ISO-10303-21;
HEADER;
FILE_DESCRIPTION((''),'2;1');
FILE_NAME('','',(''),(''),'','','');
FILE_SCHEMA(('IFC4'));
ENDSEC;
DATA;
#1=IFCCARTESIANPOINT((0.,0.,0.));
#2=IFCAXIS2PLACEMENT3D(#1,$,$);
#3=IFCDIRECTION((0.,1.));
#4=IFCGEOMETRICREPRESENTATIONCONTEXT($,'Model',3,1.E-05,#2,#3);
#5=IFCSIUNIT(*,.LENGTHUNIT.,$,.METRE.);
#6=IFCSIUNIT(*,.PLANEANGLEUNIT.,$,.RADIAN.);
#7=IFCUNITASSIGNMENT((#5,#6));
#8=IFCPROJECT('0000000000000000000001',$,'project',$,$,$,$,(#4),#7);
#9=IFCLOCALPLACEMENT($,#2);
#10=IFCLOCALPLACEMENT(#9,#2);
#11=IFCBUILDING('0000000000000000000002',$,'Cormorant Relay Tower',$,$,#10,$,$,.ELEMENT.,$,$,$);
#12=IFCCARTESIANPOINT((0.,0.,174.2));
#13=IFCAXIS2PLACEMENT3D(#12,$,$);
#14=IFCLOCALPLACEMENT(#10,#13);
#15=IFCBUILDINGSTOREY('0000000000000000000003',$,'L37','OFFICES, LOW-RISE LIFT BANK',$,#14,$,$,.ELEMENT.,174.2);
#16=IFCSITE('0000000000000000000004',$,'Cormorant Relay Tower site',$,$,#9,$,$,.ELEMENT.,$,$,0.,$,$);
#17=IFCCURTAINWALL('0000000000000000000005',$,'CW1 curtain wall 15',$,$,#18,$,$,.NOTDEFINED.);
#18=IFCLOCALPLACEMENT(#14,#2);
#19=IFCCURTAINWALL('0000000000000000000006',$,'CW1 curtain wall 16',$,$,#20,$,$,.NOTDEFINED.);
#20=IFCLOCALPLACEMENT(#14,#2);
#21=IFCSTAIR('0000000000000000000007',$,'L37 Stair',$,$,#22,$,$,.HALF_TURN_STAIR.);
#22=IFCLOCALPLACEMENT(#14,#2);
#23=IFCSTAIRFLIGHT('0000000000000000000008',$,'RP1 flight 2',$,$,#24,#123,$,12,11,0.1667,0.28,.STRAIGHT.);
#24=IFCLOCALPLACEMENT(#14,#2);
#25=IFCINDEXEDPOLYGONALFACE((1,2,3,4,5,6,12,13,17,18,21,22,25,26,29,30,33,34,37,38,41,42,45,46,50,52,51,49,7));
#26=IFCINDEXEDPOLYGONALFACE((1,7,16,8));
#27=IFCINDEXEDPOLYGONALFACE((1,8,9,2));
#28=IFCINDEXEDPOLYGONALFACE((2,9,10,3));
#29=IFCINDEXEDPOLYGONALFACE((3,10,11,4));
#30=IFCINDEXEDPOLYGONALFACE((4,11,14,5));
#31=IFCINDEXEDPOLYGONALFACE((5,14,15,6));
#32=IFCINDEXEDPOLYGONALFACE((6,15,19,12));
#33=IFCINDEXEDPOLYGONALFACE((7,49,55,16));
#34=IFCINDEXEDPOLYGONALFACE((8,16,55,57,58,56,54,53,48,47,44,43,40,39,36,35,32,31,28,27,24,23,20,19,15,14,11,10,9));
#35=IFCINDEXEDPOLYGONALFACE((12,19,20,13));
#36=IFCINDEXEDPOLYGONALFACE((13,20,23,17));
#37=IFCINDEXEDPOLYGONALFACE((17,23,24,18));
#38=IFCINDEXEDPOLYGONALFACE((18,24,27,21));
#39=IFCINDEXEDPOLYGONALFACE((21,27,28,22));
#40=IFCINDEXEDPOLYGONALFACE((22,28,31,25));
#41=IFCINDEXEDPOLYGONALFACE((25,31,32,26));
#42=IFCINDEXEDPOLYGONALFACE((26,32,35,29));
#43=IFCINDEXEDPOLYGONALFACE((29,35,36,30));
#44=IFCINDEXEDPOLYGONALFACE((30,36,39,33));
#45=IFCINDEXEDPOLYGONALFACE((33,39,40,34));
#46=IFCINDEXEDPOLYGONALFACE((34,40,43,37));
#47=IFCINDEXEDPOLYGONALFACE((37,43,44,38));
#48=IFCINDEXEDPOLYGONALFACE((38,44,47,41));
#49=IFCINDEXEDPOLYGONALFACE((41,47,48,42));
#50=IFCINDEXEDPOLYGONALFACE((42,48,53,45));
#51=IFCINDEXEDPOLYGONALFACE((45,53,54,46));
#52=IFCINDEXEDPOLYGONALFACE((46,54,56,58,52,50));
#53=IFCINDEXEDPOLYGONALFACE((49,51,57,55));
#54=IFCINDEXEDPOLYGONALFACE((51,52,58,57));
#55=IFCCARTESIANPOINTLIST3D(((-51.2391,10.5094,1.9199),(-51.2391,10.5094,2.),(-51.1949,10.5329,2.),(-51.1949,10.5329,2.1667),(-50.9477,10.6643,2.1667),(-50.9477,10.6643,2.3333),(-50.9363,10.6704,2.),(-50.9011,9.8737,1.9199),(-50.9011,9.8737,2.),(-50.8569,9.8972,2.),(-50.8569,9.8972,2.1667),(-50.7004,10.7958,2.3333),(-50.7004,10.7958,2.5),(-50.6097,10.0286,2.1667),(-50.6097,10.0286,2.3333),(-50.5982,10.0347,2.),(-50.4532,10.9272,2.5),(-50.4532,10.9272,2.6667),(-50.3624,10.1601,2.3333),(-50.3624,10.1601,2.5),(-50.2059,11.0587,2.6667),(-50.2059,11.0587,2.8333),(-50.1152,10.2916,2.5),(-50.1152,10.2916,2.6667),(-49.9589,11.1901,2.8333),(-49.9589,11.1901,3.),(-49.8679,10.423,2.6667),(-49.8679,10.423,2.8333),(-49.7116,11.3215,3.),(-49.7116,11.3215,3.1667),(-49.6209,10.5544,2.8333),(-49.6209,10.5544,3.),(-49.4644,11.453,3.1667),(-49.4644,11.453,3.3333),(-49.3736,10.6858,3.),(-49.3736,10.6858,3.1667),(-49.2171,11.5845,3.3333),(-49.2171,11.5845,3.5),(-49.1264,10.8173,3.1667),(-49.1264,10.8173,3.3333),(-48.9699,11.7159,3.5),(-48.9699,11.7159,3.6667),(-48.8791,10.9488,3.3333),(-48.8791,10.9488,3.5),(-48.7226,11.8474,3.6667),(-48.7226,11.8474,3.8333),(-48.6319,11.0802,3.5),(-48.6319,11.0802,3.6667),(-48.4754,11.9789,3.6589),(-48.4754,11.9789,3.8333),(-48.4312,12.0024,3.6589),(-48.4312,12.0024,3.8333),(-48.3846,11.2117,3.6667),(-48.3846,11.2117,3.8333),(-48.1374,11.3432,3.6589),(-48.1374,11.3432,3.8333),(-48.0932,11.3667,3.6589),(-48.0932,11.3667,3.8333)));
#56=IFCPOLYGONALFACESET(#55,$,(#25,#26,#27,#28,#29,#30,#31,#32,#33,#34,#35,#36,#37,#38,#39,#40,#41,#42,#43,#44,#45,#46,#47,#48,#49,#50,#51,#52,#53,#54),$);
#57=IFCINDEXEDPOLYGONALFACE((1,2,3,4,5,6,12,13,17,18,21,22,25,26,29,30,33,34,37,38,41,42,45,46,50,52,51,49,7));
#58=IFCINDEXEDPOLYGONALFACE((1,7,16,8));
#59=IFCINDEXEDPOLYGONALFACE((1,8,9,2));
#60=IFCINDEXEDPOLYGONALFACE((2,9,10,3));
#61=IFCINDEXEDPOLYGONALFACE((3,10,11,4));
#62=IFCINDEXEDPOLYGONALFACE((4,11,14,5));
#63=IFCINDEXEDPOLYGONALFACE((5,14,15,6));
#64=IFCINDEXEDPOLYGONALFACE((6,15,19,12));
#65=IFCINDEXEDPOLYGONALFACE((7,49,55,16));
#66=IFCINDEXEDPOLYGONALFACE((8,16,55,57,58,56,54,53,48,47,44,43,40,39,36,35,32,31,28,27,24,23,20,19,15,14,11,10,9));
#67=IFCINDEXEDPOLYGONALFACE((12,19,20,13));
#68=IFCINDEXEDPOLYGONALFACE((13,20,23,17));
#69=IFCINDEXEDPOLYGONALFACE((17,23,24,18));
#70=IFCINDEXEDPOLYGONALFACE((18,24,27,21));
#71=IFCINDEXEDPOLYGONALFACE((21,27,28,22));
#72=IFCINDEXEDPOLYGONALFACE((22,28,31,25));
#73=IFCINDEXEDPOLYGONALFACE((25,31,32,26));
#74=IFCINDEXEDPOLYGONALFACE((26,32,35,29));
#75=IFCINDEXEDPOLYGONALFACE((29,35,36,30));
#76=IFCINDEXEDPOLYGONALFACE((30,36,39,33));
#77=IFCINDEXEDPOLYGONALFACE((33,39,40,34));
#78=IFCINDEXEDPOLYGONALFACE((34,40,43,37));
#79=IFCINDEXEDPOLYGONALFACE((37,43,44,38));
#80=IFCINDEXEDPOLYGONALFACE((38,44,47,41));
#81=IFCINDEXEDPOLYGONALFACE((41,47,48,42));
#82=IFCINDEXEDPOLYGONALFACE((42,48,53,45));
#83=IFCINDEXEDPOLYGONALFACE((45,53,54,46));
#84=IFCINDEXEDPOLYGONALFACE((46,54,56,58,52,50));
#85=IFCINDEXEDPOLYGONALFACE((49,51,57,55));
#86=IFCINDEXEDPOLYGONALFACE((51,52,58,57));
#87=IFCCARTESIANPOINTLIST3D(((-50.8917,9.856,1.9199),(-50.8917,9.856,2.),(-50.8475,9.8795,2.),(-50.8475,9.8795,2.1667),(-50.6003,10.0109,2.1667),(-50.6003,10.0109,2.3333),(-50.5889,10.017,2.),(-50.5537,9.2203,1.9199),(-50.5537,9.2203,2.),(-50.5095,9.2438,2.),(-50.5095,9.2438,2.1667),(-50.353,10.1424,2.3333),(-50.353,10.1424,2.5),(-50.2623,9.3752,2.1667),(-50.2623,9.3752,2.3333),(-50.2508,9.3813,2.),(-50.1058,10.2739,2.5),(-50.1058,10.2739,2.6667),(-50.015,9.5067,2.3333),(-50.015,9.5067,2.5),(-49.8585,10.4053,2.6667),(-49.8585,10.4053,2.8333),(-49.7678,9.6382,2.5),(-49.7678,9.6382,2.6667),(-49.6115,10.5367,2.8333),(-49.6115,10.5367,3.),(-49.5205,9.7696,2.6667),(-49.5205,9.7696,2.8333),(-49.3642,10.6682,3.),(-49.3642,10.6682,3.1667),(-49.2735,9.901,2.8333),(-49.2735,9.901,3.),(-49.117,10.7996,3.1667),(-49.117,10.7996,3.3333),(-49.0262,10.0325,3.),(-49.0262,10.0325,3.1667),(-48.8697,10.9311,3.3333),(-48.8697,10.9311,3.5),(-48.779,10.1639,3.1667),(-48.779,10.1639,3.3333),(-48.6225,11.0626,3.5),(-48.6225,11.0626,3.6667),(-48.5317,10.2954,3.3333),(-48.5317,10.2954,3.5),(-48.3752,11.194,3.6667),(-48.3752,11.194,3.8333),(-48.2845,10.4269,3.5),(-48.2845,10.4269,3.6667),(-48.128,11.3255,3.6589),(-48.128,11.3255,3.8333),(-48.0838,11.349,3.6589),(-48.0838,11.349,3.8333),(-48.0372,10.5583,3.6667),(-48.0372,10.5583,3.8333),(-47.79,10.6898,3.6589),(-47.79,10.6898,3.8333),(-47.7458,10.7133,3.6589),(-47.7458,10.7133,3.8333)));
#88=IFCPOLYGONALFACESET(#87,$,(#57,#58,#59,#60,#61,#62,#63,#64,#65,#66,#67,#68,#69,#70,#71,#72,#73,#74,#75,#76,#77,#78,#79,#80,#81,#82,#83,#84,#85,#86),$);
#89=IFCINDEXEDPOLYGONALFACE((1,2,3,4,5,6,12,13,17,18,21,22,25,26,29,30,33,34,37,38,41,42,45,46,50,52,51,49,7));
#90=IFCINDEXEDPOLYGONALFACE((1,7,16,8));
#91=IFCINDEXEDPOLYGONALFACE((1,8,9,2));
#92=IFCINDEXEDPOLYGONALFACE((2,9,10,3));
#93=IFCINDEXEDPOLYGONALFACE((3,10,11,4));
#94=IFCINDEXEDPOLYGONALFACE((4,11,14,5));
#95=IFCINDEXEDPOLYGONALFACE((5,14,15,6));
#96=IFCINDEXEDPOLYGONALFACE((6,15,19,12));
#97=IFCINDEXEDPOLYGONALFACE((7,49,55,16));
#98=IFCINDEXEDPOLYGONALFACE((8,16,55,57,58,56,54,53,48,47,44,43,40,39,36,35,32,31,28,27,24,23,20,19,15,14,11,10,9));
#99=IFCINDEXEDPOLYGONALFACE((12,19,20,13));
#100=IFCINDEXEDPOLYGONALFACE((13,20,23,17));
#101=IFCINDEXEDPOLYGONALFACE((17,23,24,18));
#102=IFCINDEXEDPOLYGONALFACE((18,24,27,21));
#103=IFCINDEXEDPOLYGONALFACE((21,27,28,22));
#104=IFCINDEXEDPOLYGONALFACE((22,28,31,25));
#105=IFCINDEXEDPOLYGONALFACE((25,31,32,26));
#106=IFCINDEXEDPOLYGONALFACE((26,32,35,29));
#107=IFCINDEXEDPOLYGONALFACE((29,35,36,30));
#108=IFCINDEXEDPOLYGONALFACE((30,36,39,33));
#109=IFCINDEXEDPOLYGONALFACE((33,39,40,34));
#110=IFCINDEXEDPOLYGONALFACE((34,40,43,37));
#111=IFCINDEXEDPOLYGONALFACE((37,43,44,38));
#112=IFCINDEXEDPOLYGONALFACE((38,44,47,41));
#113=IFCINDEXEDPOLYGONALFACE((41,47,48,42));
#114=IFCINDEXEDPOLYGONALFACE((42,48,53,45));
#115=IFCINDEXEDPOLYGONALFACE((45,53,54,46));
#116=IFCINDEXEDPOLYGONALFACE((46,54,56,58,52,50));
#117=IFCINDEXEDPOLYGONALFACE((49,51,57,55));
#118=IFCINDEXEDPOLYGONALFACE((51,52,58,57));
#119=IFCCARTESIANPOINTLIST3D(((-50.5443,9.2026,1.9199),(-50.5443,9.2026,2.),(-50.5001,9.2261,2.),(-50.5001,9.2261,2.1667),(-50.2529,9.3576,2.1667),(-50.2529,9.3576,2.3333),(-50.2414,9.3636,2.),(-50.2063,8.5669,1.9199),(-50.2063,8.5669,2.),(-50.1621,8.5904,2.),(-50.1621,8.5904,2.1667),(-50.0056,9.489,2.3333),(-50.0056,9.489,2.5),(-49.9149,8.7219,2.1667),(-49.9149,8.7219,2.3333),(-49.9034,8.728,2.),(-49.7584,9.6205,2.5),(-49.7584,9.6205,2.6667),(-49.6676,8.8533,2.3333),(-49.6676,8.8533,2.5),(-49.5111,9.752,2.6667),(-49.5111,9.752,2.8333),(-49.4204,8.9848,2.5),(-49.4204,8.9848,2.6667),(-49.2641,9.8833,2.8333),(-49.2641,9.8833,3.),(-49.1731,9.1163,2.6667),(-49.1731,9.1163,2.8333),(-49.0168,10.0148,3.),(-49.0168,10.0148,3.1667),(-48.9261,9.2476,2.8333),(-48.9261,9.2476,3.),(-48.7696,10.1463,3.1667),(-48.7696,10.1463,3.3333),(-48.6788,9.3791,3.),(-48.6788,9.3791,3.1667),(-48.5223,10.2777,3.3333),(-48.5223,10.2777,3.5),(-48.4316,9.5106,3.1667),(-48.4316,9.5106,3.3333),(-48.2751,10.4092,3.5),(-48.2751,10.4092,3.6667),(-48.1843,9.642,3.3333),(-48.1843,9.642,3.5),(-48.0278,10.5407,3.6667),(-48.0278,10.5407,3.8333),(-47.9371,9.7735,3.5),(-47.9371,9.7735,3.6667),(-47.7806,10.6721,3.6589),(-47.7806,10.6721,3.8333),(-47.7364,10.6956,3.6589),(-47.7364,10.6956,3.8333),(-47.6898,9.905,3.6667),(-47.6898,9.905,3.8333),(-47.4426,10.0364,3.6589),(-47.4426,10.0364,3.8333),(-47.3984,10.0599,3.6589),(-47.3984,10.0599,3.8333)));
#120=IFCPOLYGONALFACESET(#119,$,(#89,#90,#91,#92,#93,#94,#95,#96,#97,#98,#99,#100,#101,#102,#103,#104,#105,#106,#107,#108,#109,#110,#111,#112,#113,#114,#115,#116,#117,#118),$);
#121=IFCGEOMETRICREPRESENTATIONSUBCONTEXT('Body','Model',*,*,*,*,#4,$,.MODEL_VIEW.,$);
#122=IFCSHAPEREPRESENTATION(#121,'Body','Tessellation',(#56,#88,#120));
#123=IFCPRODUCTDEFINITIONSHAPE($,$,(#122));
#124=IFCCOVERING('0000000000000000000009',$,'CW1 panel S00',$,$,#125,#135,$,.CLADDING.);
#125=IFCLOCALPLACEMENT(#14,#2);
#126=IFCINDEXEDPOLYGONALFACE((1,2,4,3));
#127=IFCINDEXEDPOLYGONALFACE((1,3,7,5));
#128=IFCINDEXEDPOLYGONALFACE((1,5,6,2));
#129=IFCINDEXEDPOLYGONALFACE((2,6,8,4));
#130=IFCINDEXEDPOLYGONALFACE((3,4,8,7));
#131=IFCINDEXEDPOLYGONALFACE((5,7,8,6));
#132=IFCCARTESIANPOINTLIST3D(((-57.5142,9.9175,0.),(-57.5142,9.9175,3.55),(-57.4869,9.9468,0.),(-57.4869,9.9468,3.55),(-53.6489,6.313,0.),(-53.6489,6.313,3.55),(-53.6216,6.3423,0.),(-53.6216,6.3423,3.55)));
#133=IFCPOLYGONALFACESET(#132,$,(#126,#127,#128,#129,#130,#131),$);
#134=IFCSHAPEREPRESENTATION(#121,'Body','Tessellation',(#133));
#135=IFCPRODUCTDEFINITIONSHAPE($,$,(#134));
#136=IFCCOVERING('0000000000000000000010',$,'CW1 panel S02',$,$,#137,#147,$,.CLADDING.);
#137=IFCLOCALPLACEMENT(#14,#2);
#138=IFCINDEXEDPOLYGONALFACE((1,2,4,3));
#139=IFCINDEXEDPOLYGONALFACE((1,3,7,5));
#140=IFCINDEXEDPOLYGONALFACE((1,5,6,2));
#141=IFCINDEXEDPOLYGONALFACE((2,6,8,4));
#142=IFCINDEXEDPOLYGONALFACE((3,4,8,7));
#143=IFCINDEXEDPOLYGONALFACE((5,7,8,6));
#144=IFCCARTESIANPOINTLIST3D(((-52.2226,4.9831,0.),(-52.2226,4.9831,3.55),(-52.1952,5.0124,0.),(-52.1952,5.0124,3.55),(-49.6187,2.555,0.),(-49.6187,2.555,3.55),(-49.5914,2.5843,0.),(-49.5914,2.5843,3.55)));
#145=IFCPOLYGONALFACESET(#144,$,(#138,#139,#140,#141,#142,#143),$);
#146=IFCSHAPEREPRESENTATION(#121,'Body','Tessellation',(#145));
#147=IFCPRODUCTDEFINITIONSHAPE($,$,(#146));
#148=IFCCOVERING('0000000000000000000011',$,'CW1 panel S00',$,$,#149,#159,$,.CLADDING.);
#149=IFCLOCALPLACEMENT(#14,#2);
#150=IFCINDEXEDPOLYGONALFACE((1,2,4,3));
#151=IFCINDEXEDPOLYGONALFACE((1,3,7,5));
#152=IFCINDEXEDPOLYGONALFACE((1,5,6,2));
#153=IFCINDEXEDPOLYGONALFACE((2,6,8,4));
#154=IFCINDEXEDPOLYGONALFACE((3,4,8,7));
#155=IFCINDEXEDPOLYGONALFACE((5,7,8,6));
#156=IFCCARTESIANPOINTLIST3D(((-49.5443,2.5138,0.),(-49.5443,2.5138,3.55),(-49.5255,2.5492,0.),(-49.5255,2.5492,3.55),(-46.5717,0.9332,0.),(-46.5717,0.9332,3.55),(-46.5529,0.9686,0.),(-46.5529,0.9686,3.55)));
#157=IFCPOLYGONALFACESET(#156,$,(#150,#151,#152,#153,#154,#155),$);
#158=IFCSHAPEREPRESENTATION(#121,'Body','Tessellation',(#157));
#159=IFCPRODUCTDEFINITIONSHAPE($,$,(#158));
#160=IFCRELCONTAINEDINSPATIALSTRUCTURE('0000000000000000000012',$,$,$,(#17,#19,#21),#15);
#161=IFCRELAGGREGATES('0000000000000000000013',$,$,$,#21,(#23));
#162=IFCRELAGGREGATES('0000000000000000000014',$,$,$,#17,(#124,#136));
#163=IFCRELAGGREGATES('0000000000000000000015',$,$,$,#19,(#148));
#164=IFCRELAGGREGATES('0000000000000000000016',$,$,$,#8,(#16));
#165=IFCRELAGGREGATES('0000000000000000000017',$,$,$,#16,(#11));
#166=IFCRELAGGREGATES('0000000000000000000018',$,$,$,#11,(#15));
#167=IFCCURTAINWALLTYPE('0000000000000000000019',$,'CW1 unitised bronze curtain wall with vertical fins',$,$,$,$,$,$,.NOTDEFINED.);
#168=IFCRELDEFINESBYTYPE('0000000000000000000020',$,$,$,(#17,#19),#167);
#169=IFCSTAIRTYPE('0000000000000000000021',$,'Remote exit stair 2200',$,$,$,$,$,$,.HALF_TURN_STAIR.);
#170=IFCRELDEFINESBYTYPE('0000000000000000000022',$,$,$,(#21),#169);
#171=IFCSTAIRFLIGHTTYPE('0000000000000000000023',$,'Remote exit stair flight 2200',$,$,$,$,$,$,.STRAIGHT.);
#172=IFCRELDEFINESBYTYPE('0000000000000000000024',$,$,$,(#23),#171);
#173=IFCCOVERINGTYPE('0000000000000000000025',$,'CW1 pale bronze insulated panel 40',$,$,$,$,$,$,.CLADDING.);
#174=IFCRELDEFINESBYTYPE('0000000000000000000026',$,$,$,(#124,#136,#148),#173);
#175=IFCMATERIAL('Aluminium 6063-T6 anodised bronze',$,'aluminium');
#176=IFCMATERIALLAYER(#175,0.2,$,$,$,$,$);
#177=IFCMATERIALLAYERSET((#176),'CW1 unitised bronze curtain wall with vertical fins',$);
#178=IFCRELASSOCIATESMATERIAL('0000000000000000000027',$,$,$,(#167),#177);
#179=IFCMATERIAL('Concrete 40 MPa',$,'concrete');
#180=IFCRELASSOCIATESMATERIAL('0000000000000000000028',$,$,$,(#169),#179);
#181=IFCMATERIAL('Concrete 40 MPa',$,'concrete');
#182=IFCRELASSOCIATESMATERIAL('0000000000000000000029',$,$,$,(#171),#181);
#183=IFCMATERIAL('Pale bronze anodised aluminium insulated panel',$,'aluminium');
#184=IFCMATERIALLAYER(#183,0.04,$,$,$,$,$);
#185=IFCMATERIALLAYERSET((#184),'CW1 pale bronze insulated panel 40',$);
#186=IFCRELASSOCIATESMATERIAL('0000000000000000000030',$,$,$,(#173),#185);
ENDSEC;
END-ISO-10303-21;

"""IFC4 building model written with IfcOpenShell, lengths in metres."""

from ifc_helpers import new_model, si_unit, direction, frame, origin, origin_2d, place, context, subcontext, project, spatial, polyline, rectangle, outline, extrude, material, layer, layer_set, type_object, element, aggregate, save


model = new_model("IFC4")

# Units and contexts
model_context = context("Model", 3, precision=1e-05, world=origin(), true_north=direction((0.0, 1.0)))
body_context = subcontext(model_context, "Body", "Model", "MODEL_VIEW")
ifc_project = project(units=[si_unit("LENGTHUNIT", "METRE"), si_unit("PLANEANGLEUNIT", "RADIAN")], contexts=[model_context])

# Site, building, storey
site_placement = place(None, origin())
site = spatial("IfcSite", under=ifc_project, at=site_placement, Name="Cormorant Relay Tower site", CompositionType="ELEMENT", RefElevation=0.0)
building_placement = place(site_placement, origin())
building = spatial("IfcBuilding", under=site, at=building_placement, Name="Cormorant Relay Tower", CompositionType="ELEMENT")
storey_placement = place(building_placement, frame((0.0, 0.0, 174.2)))
storey = spatial("IfcBuildingStorey", under=building, at=storey_placement, Name="L37", Description="OFFICES, LOW-RISE LIFT BANK", CompositionType="ELEMENT", Elevation=174.2)

# Shared definitions
ifc_material_1 = material(Name="Aluminium 6063-T6 anodised bronze", Category="aluminium")
ifc_layer_1 = layer(ifc_material_1, 0.2)
ifc_layer_set_1 = layer_set([ifc_layer_1], Name="CW1 unitised bronze curtain wall with vertical fins")
curtain_wall_type = type_object("IfcCurtainWallType", Name="CW1 unitised bronze curtain wall with vertical fins", PredefinedType="NOTDEFINED", material=ifc_layer_set_1)

# Curtain wall
curtain_wall_1_placement = place(storey_placement, origin())
curtain_wall_1 = element("IfcCurtainWall", 1, at=curtain_wall_1_placement, inside=storey, type_object=curtain_wall_type, Name="CW1 curtain wall 15", PredefinedType="NOTDEFINED")

# Curtain wall
curtain_wall_2_placement = place(storey_placement, origin())
curtain_wall_2 = element("IfcCurtainWall", 2, at=curtain_wall_2_placement, inside=storey, type_object=curtain_wall_type, Name="CW1 curtain wall 16", PredefinedType="NOTDEFINED")

# Stair, stair flight
ifc_material_2 = material(Name="Concrete 40 MPa", Category="concrete")
stair_type = type_object("IfcStairType", Name="Remote exit stair 2200", PredefinedType="HALF_TURN_STAIR", material=ifc_material_2)
stair_placement = place(storey_placement, origin())
stair = element("IfcStair", 3, at=stair_placement, inside=storey, type_object=stair_type, Name="L37 Stair", PredefinedType="HALF_TURN_STAIR")
ifc_material_3 = material(Name="Concrete 40 MPa", Category="concrete")
stair_flight_type = type_object("IfcStairFlightType", Name="Remote exit stair flight 2200", PredefinedType="STRAIGHT", material=ifc_material_3)
stair_flight_1_placement = place(storey_placement, frame((-50.6785, 9.5615, 2.0), z_axis=(0.0, 0.0, 1.0), x_axis=(0.882948, 0.469472, 0.0)))
stair_flight_1 = element("IfcStairFlight", 4, at=stair_flight_1_placement, type_object=stair_flight_type, Name="RP1 flight 2", NumberOfRisers=12, NumberOfTreads=11, PredefinedType="STRAIGHT", RiserHeight=0.1667, TreadLength=0.28, context=body_context, shape_type="SweptSolid", body=[
    extrude(outline(polyline([(-0.05, -0.0801), (-0.05, 0.0), (0.0, 0.0), (0.0, 0.1667), (0.28, 0.1667), (0.28, 0.3333), (0.5601, 0.3333), (0.5601, 0.5), (0.8401, 0.5), (0.8401, 0.6667), (1.1201, 0.6667), (1.1201, 0.8333), (1.3999, 0.8333), (1.3999, 1.0), (1.6799, 1.0), (1.6799, 1.1667), (1.96, 1.1667), (1.96, 1.3333), (2.24, 1.3333), (2.24, 1.5), (2.52, 1.5), (2.52, 1.6667), (2.8, 1.6667), (2.8, 1.8333), (3.0801, 1.8333), (3.1301, 1.8333), (3.1301, 1.6589), (3.0801, 1.6589), (0.293, 0.0), (-0.05, -0.0801)])), frame((0.0, 1.1001, 0.0), z_axis=(0.0, -1.0, 0.0), x_axis=(1.0, 0.0, 0.0)), (0.0, 0.0, 1.0), 0.72),
    extrude(outline(polyline([(-0.05, -0.0801), (-0.05, 0.0), (0.0, 0.0), (0.0, 0.1667), (0.28, 0.1667), (0.28, 0.3333), (0.5601, 0.3333), (0.5601, 0.5), (0.8401, 0.5), (0.8401, 0.6667), (1.1201, 0.6667), (1.1201, 0.8333), (1.3999, 0.8333), (1.3999, 1.0), (1.6799, 1.0), (1.6799, 1.1667), (1.96, 1.1667), (1.96, 1.3333), (2.24, 1.3333), (2.24, 1.5), (2.52, 1.5), (2.52, 1.6667), (2.8, 1.6667), (2.8, 1.8333), (3.0801, 1.8333), (3.1301, 1.8333), (3.1301, 1.6589), (3.0801, 1.6589), (0.293, 0.0), (-0.05, -0.0801)])), frame((0.0, 0.3601, 0.0), z_axis=(0.0, -1.0, 0.0), x_axis=(1.0, 0.0, 0.0)), (0.0, 0.0, 1.0), 0.72),
    extrude(outline(polyline([(-0.05, -0.0801), (-0.05, 0.0), (0.0, 0.0), (0.0, 0.1667), (0.28, 0.1667), (0.28, 0.3333), (0.5601, 0.3333), (0.5601, 0.5), (0.8401, 0.5), (0.8401, 0.6667), (1.1201, 0.6667), (1.1201, 0.8333), (1.3999, 0.8333), (1.3999, 1.0), (1.6799, 1.0), (1.6799, 1.1667), (1.96, 1.1667), (1.96, 1.3333), (2.24, 1.3333), (2.24, 1.5), (2.52, 1.5), (2.52, 1.6667), (2.8, 1.6667), (2.8, 1.8333), (3.0801, 1.8333), (3.1301, 1.8333), (3.1301, 1.6589), (3.0801, 1.6589), (0.293, 0.0), (-0.05, -0.0801)])), frame((0.0, -0.3799, 0.0), z_axis=(0.0, -1.0, 0.0), x_axis=(1.0, 0.0, 0.0)), (0.0, 0.0, 1.0), 0.72),
])
aggregate(stair, [stair_flight_1])

# Coverings
ifc_material_4 = material(Name="Pale bronze anodised aluminium insulated panel", Category="aluminium")
ifc_layer_2 = layer(ifc_material_4, 0.04)
ifc_layer_set_2 = layer_set([ifc_layer_2], Name="CW1 pale bronze insulated panel 40")
covering_type = type_object("IfcCoveringType", Name="CW1 pale bronze insulated panel 40", PredefinedType="CLADDING", material=ifc_layer_set_2)
covering_1_placement = place(storey_placement, frame((-55.5679, 8.1299, 0.0), z_axis=(0.0, 0.0, 1.0), x_axis=(0.731354, -0.681998, 0.0)))
covering_1 = element("IfcCovering", 5, at=covering_1_placement, type_object=covering_type, Name="CW1 panel S00", PredefinedType="CLADDING", context=body_context, shape_type="SweptSolid", body=[
    extrude(rectangle(XDim=5.2852, YDim=0.04, at=origin_2d()), origin(), (0.0, 0.0, 1.0), 3.55),
])
covering_2_placement = place(storey_placement, frame((-50.907, 3.7837, 0.0), z_axis=(0.0, 0.0, 1.0), x_axis=(0.731354, -0.681998, 0.0)))
covering_2 = element("IfcCovering", 6, at=covering_2_placement, type_object=covering_type, Name="CW1 panel S02", PredefinedType="CLADDING", context=body_context, shape_type="SweptSolid", body=[
    extrude(rectangle(XDim=3.5603, YDim=0.04, at=origin_2d()), origin(), (0.0, 0.0, 1.0), 3.55),
])
aggregate(curtain_wall_1, [covering_1, covering_2])
covering_3_placement = place(storey_placement, frame((-48.0486, 1.7412, 0.0), z_axis=(0.0, 0.0, 1.0), x_axis=(0.882948, -0.469472, 0.0)))
covering_3 = element("IfcCovering", 7, at=covering_3_placement, type_object=covering_type, Name="CW1 panel S00", PredefinedType="CLADDING", context=body_context, shape_type="SweptSolid", body=[
    extrude(rectangle(XDim=3.3667, YDim=0.04, at=origin_2d()), origin(), (0.0, 0.0, 1.0), 3.55),
])
aggregate(curtain_wall_2, [covering_3])

save(model, "model.ifc")
